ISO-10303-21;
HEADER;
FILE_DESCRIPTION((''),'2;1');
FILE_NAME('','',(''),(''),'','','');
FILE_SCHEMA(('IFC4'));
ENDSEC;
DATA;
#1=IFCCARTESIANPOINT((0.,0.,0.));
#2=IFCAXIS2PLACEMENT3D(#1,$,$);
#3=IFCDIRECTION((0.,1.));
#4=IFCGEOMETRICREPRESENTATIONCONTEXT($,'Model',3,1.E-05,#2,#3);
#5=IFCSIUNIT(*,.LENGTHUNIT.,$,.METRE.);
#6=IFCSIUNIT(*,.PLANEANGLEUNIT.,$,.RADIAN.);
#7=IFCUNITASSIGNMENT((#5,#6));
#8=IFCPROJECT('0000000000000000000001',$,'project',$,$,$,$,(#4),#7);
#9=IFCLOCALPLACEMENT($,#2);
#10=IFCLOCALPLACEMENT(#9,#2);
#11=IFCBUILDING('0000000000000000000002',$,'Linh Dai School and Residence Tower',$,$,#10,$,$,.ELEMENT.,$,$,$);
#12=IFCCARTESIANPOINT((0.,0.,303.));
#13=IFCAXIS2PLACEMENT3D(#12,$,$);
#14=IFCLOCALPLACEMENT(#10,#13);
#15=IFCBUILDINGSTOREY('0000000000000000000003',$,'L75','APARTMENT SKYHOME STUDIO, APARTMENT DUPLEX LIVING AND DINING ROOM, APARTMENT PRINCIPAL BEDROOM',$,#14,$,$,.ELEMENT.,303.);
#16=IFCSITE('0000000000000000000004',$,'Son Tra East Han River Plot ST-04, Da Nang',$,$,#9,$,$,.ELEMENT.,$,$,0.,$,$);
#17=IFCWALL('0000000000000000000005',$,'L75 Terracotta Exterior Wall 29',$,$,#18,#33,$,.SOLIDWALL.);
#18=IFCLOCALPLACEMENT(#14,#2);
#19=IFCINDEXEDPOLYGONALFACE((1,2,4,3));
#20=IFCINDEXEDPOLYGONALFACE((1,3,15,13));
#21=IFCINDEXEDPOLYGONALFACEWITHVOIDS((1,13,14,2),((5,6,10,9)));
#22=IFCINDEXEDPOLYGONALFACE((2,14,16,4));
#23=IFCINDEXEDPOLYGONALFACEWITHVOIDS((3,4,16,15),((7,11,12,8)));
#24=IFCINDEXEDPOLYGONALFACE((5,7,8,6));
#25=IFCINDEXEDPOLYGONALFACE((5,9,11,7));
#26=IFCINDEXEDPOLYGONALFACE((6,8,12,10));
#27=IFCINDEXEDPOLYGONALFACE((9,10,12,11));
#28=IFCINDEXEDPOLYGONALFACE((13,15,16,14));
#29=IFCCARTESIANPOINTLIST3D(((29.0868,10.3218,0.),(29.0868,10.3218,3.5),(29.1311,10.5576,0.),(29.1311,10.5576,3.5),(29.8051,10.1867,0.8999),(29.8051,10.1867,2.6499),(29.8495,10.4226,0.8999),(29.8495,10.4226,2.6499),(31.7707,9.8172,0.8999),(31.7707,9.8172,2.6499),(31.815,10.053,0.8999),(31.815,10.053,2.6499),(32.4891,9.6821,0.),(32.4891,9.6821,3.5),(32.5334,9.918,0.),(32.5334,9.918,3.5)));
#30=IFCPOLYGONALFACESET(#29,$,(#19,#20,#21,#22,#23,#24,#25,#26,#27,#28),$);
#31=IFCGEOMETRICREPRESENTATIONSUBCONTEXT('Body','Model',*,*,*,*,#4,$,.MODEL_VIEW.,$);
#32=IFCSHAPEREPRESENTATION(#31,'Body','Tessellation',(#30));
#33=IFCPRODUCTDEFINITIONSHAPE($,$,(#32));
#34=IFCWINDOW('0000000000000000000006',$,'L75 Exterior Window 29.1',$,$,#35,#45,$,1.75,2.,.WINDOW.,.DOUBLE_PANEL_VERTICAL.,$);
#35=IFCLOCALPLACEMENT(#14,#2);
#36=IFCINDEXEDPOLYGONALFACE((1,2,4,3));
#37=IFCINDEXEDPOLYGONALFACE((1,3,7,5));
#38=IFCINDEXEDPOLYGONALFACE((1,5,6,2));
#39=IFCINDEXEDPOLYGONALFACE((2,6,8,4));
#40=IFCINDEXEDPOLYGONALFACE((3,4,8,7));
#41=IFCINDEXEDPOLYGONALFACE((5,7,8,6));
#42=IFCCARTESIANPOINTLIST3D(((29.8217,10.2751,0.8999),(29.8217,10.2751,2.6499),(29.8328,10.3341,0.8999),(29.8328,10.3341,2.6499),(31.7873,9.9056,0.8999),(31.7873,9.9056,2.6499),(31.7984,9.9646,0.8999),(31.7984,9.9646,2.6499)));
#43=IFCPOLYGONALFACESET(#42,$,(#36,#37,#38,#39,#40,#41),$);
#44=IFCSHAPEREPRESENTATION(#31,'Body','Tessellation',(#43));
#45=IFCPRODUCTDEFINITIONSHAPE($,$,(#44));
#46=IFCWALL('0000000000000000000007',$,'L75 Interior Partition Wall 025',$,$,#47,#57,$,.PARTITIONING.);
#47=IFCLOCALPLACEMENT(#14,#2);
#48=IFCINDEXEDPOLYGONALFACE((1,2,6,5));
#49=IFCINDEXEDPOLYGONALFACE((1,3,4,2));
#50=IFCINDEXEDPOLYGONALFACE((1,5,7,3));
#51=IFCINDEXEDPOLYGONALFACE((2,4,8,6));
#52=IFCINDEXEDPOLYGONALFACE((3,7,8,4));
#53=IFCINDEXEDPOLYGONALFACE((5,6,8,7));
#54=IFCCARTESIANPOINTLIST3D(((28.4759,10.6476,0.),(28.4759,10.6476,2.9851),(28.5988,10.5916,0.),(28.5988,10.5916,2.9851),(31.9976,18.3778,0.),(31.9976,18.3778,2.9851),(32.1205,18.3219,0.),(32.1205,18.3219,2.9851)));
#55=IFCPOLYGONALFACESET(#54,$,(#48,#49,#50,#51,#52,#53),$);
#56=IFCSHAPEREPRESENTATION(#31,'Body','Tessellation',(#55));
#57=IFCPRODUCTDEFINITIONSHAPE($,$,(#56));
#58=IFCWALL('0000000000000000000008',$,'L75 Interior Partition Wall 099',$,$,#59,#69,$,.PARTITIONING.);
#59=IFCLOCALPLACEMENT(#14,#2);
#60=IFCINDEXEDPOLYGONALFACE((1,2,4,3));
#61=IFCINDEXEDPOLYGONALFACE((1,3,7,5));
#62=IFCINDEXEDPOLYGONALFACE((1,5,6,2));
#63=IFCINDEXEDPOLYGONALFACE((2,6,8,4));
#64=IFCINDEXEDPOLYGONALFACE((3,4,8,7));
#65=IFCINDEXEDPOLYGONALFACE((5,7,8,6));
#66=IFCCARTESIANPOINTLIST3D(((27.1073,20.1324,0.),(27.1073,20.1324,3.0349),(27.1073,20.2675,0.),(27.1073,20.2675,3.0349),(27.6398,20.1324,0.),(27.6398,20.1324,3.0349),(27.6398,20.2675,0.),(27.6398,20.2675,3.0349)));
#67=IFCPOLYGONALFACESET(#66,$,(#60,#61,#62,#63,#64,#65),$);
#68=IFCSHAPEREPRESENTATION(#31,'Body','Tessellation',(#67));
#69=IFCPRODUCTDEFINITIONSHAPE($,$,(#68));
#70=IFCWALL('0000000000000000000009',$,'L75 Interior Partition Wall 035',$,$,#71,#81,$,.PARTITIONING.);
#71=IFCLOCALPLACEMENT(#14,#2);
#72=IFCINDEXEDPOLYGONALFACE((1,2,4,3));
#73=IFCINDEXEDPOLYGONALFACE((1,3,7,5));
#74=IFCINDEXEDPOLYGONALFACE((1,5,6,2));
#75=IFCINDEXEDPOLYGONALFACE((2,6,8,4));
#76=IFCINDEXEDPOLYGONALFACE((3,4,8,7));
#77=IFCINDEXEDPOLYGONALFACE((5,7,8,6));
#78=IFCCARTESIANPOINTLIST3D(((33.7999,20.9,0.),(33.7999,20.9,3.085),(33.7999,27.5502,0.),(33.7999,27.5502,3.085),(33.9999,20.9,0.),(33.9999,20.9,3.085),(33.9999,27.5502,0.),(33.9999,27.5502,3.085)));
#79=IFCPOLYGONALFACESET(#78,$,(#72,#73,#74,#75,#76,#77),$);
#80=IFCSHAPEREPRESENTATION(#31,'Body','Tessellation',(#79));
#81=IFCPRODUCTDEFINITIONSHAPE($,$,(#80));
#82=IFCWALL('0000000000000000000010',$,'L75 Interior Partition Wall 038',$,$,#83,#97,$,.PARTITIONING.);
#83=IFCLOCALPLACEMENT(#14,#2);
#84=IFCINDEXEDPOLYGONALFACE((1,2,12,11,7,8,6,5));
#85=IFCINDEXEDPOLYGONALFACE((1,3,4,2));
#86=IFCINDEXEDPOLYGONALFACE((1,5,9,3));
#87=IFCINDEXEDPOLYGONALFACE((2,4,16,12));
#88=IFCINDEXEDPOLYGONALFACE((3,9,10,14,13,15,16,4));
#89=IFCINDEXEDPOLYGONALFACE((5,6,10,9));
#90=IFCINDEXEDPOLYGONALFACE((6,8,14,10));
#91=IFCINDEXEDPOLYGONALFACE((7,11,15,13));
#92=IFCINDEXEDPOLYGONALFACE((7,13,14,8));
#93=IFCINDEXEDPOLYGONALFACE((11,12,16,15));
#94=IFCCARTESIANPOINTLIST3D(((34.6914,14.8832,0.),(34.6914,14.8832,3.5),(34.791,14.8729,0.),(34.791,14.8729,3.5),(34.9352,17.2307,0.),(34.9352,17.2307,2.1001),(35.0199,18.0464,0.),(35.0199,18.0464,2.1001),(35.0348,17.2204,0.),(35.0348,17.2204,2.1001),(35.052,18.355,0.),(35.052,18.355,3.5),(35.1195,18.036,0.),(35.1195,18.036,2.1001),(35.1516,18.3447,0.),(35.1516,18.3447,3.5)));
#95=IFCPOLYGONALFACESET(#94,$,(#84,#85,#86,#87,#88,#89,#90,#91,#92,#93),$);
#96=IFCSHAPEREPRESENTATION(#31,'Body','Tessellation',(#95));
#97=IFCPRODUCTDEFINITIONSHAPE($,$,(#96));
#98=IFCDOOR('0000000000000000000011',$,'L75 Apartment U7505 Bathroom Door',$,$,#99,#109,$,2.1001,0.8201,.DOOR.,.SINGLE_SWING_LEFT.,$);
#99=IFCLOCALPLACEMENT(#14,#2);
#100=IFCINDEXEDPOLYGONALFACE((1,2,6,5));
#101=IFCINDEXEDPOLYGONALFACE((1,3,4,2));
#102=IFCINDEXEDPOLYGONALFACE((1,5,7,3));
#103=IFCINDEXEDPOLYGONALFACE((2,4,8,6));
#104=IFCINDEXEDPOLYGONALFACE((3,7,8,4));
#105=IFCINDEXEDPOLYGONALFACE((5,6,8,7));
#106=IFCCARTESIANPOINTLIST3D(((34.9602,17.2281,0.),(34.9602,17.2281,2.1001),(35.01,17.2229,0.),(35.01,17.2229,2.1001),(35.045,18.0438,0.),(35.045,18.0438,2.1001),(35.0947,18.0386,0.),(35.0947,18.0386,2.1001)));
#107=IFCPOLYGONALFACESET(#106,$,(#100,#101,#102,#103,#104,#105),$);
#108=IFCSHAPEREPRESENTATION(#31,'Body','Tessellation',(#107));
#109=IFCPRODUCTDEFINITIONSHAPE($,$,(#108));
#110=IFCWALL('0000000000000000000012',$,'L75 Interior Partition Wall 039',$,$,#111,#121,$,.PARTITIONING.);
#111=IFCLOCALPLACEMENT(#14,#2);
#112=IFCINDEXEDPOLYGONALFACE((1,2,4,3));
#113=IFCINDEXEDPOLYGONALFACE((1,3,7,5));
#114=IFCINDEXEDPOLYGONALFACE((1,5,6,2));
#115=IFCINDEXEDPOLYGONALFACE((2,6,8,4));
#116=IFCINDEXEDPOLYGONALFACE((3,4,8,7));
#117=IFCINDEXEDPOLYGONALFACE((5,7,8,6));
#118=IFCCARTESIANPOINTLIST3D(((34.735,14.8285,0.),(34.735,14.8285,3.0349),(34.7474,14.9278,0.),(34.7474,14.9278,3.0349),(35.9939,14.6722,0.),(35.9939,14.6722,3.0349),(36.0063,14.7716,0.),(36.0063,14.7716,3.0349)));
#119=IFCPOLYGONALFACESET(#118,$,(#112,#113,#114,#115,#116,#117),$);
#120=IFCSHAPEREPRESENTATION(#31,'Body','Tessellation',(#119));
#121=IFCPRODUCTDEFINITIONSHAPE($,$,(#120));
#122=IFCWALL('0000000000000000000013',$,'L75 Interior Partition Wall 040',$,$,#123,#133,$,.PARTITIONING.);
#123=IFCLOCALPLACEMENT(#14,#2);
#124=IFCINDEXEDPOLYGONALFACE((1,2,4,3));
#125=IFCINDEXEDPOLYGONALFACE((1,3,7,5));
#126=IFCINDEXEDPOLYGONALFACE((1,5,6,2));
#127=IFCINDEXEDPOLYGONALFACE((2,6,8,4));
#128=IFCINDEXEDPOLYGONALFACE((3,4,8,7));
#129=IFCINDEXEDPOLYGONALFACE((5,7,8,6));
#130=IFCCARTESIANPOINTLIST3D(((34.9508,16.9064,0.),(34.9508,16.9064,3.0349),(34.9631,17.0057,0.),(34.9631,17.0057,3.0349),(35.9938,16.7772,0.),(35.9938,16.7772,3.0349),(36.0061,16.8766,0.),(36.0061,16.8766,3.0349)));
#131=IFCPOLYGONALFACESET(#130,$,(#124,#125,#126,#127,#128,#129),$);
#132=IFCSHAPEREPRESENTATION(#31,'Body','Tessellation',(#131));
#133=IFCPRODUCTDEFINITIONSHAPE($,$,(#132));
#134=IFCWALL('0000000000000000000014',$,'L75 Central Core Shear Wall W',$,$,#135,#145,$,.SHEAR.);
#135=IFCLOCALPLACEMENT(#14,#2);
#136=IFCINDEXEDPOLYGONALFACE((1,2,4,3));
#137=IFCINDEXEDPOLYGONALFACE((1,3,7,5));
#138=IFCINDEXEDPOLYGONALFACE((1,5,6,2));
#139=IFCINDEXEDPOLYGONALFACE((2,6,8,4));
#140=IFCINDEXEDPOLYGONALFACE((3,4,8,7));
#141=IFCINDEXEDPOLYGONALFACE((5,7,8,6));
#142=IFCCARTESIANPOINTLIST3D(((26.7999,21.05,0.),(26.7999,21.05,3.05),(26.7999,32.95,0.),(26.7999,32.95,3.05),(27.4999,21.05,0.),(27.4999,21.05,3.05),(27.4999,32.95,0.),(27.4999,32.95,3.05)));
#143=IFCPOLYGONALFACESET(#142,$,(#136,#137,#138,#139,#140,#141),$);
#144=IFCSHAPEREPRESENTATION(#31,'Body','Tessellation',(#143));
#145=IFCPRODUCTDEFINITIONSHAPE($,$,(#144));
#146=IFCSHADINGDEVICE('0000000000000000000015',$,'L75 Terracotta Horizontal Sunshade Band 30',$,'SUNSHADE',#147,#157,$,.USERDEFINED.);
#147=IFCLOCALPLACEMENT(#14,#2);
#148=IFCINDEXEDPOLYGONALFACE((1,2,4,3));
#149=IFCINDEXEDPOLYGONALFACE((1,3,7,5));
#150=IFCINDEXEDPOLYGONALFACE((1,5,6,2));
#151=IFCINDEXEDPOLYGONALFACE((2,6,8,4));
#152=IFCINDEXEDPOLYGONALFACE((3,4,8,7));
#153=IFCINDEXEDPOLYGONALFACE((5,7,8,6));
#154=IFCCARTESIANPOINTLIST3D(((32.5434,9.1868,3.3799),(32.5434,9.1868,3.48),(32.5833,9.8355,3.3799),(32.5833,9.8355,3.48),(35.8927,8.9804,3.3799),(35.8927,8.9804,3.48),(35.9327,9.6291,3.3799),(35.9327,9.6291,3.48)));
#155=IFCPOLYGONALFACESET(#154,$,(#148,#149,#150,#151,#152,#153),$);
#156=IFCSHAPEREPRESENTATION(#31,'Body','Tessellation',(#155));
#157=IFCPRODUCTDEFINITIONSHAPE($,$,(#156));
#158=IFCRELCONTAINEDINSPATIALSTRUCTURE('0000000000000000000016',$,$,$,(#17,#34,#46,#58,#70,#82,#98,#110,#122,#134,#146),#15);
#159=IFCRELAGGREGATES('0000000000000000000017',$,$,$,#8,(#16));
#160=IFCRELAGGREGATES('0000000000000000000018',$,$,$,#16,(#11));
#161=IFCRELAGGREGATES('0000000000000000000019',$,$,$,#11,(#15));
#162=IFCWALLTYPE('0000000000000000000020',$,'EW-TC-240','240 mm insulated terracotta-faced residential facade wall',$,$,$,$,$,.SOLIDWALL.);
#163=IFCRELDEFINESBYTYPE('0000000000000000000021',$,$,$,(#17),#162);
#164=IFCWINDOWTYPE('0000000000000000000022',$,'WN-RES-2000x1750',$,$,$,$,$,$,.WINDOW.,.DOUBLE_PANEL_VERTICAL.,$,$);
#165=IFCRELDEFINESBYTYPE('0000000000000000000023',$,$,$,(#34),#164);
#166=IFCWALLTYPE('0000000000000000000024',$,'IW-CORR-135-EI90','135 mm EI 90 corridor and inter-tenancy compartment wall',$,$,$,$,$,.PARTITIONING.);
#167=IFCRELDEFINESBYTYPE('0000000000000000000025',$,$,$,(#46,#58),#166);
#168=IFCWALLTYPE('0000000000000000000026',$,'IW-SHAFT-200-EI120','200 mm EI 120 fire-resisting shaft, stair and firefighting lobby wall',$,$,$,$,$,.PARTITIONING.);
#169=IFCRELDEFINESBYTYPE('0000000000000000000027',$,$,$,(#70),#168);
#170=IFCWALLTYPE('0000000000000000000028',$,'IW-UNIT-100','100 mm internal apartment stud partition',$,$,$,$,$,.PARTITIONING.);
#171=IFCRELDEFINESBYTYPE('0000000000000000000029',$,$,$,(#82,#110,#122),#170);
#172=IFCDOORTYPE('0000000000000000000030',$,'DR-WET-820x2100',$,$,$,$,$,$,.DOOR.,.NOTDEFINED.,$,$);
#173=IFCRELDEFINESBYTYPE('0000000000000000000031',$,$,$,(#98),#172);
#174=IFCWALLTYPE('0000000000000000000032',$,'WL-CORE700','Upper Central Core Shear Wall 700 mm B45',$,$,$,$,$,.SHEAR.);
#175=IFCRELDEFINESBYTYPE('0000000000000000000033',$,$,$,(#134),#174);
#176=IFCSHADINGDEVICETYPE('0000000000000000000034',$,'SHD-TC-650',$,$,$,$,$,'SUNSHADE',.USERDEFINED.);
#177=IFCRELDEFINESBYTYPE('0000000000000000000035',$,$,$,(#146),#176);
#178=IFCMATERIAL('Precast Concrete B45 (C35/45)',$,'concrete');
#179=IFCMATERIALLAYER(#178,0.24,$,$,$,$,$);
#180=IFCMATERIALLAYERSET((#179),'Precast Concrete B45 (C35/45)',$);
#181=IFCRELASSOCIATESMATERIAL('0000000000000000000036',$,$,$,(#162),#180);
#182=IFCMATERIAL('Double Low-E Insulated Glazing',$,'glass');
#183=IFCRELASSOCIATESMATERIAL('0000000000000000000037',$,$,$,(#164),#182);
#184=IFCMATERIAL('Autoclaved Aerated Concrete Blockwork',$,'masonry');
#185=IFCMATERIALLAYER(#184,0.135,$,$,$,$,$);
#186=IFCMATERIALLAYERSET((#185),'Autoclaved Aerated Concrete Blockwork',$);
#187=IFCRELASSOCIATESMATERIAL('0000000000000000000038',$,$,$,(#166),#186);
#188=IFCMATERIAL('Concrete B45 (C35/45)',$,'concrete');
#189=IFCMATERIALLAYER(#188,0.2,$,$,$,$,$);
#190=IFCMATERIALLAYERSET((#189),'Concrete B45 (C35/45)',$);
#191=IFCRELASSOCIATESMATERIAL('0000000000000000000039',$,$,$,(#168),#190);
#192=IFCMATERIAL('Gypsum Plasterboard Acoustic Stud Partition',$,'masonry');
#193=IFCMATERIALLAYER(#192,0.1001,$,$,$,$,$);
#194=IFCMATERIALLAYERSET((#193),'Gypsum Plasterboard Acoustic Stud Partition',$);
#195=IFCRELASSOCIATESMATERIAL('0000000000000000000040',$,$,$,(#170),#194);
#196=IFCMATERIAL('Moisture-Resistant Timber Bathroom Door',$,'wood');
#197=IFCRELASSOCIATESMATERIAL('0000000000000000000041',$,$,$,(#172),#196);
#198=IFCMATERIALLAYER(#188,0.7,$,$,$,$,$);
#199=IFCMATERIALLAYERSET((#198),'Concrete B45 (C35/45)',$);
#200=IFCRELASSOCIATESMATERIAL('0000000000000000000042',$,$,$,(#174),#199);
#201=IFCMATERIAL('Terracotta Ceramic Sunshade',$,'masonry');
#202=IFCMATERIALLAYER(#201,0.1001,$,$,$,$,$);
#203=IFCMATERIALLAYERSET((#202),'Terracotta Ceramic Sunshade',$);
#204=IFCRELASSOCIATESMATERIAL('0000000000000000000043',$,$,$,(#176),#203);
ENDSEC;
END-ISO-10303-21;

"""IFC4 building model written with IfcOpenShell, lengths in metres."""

from ifc_helpers import new_model, si_unit, direction, frame, frame_2d, origin, origin_2d, place, context, subcontext, project, spatial, rectangle, extrude, source, transform, mapped, material, layer, layer_set, type_object, element, fill, save


model = new_model("IFC4")

# Units and contexts
model_context = context("Model", 3, precision=1e-05, world=origin(), true_north=direction((0.0, 1.0)))
body_context = subcontext(model_context, "Body", "Model", "MODEL_VIEW")
ifc_project = project(units=[si_unit("LENGTHUNIT", "METRE"), si_unit("PLANEANGLEUNIT", "RADIAN")], contexts=[model_context])

# Site, building, storey
site_placement = place(None, origin())
site = spatial("IfcSite", under=ifc_project, at=site_placement, Name="Son Tra East Han River Plot ST-04, Da Nang", CompositionType="ELEMENT", RefElevation=0.0)
building_placement = place(site_placement, origin())
building = spatial("IfcBuilding", under=site, at=building_placement, Name="Linh Dai School and Residence Tower", CompositionType="ELEMENT")
storey_placement = place(building_placement, frame((0.0, 0.0, 303.0)))
storey = spatial("IfcBuildingStorey", under=building, at=storey_placement, Name="L75", Description="APARTMENT SKYHOME STUDIO, APARTMENT DUPLEX LIVING AND DINING ROOM, APARTMENT PRINCIPAL BEDROOM", CompositionType="ELEMENT", Elevation=303.0)

# Shared definitions
ifc_material_1 = material(Name="Concrete B45 (C35/45)", Category="concrete")

# Shared definitions
ifc_material_2 = material(Name="Precast Concrete B45 (C35/45)", Category="concrete")

# Shared definitions
ifc_layer_1 = layer(ifc_material_2, 0.24)
ifc_layer_set_1 = layer_set([ifc_layer_1], Name="Precast Concrete B45 (C35/45)")
wall_type_1 = type_object("IfcWallType", Name="EW-TC-240", Description="240 mm insulated terracotta-faced residential facade wall", PredefinedType="SOLIDWALL", material=ifc_layer_set_1)

# Wall, opening, window
wall_1_placement = place(storey_placement, frame((32.5112, 9.8, 0.0), z_axis=(0.0, 0.0, 1.0), x_axis=(-0.982783, 0.184765, 0.0)))
wall_1 = element("IfcWall", 1, at=wall_1_placement, inside=storey, type_object=wall_type_1, Name="L75 Terracotta Exterior Wall 29", PredefinedType="SOLIDWALL", context=body_context, shape_type="SweptSolid", body=[
    extrude(rectangle(XDim=3.4619, YDim=0.24, at=frame_2d((1.731, 0.0))), origin(), (0.0, 0.0, 1.0), 3.5),
])
opening_1_placement = place(wall_1_placement, frame((0.731, 0.0, 0.8999)))
opening_1 = element("IfcOpeningElement", 2, at=opening_1_placement, cuts=wall_1, PredefinedType="OPENING", context=body_context, shape_type="SweptSolid", body=[
    extrude(rectangle(XDim=2.0, YDim=1.75, at=origin_2d()), frame((1.0, 0.1299, 0.875), z_axis=(0.0, -1.0, 0.0), x_axis=(1.0, 0.0, 0.0)), (0.0, 0.0, 1.0), 0.26),
])
ifc_material_3 = material(Name="Double Low-E Insulated Glazing", Category="glass")
window_type = type_object("IfcWindowType", Name="WN-RES-2000x1750", PartitioningType="DOUBLE_PANEL_VERTICAL", PredefinedType="WINDOW", material=ifc_material_3)
shared_shape_1 = source(origin(), body_context, "Body", "SweptSolid", [
    extrude(rectangle(XDim=2.0, YDim=1.75, at=origin_2d()), frame((1.0, 0.03, 0.875), z_axis=(0.0, -1.0, 0.0), x_axis=(1.0, 0.0, 0.0)), (0.0, 0.0, 1.0), 0.0601),
])
window_placement = place(opening_1_placement, origin())
window = element("IfcWindow", 3, at=window_placement, inside=storey, type_object=window_type, Name="L75 Exterior Window 29.1", OverallHeight=1.75, OverallWidth=2.0, PartitioningType="DOUBLE_PANEL_VERTICAL", PredefinedType="WINDOW", context=body_context, shape_type="MappedRepresentation", body=[
    mapped(shared_shape_1, transform((0.0, 0.0, 0.0), x_axis=(1.0, 0.0, 0.0), y_axis=(0.0, 1.0, 0.0), z_axis=(0.0, 0.0, 1.0), scale=1.0)),
])
fill(opening_1, window)

# Wall
ifc_material_4 = material(Name="Autoclaved Aerated Concrete Blockwork", Category="masonry")
ifc_layer_2 = layer(ifc_material_4, 0.135)
ifc_layer_set_2 = layer_set([ifc_layer_2], Name="Autoclaved Aerated Concrete Blockwork")
wall_type_2 = type_object("IfcWallType", Name="IW-CORR-135-EI90", Description="135 mm EI 90 corridor and inter-tenancy compartment wall", PredefinedType="PARTITIONING", material=ifc_layer_set_2)
wall_2_placement = place(storey_placement, frame((28.5374, 10.6196, 0.0), z_axis=(0.0, 0.0, 1.0), x_axis=(0.414582, 0.910012, 0.0)))
element("IfcWall", 4, at=wall_2_placement, inside=storey, type_object=wall_type_2, Name="L75 Interior Partition Wall 025", PredefinedType="PARTITIONING", context=body_context, shape_type="SweptSolid", body=[
    extrude(rectangle(XDim=8.4946, YDim=0.135, at=frame_2d((4.2473, 0.0))), origin(), (0.0, 0.0, 1.0), 2.9851),
])

# Walls
wall_3_placement = place(storey_placement, frame((27.1074, 20.2, 0.0), z_axis=(0.0, 0.0, 1.0), x_axis=(1.0, 0.0, 0.0)))
element("IfcWall", 5, at=wall_3_placement, inside=storey, type_object=wall_type_2, Name="L75 Interior Partition Wall 099", PredefinedType="PARTITIONING", context=body_context, shape_type="SweptSolid", body=[
    extrude(rectangle(XDim=0.5325, YDim=0.135, at=frame_2d((0.2661, 0.0))), origin(), (0.0, 0.0, 1.0), 3.0349),
])
ifc_layer_3 = layer(ifc_material_1, 0.2)
ifc_layer_set_3 = layer_set([ifc_layer_3], Name="Concrete B45 (C35/45)")
wall_type_3 = type_object("IfcWallType", Name="IW-SHAFT-200-EI120", Description="200 mm EI 120 fire-resisting shaft, stair and firefighting lobby wall", PredefinedType="PARTITIONING", material=ifc_layer_set_3)
wall_4_placement = place(storey_placement, frame((33.8999, 20.8999, 0.0), z_axis=(0.0, 0.0, 1.0), x_axis=(0.0, 1.0, 0.0)))
element("IfcWall", 6, at=wall_4_placement, inside=storey, type_object=wall_type_3, Name="L75 Interior Partition Wall 035", PredefinedType="PARTITIONING", context=body_context, shape_type="SweptSolid", body=[
    extrude(rectangle(XDim=6.6501, YDim=0.2, at=frame_2d((3.3252, 0.0))), origin(), (0.0, 0.0, 1.0), 3.085),
])

# Wall, opening, door
ifc_material_5 = material(Name="Gypsum Plasterboard Acoustic Stud Partition", Category="masonry")
ifc_layer_4 = layer(ifc_material_5, 0.1001)
ifc_layer_set_4 = layer_set([ifc_layer_4], Name="Gypsum Plasterboard Acoustic Stud Partition")
wall_type_4 = type_object("IfcWallType", Name="IW-UNIT-100", Description="100 mm internal apartment stud partition", PredefinedType="PARTITIONING", material=ifc_layer_set_4)
wall_5_placement = place(storey_placement, frame((34.7412, 14.8782, 0.0), z_axis=(0.0, 0.0, 1.0), x_axis=(0.103305, 0.99465, 0.0)))
wall_5 = element("IfcWall", 7, at=wall_5_placement, inside=storey, type_object=wall_type_4, Name="L75 Interior Partition Wall 038", PredefinedType="PARTITIONING", context=body_context, shape_type="SweptSolid", body=[
    extrude(rectangle(XDim=3.4905, YDim=0.1001, at=frame_2d((1.7451, 0.0))), origin(), (0.0, 0.0, 1.0), 3.5),
])
opening_2_placement = place(wall_5_placement, frame((2.3599, 0.0, 0.0)))
opening_2 = element("IfcOpeningElement", 8, at=opening_2_placement, cuts=wall_5, PredefinedType="OPENING", context=body_context, shape_type="SweptSolid", body=[
    extrude(rectangle(XDim=0.8201, YDim=2.1001, at=origin_2d()), frame((0.4102, 0.0601, 1.05), z_axis=(0.0, -1.0, 0.0), x_axis=(1.0, 0.0, 0.0)), (0.0, 0.0, 1.0), 0.1201),
])
ifc_material_6 = material(Name="Moisture-Resistant Timber Bathroom Door", Category="wood")
door_type_1 = type_object("IfcDoorType", Name="DR-WET-820x2100", OperationType="NOTDEFINED", PredefinedType="DOOR", material=ifc_material_6)
shared_shape_2 = source(origin(), body_context, "Body", "SweptSolid", [
    extrude(rectangle(XDim=0.8201, YDim=2.1001, at=origin_2d()), frame((0.4102, 0.0249, 1.05), z_axis=(0.0, -1.0, 0.0), x_axis=(1.0, 0.0, 0.0)), (0.0, 0.0, 1.0), 0.05),
])
door_1_placement = place(opening_2_placement, origin())
door_1 = element("IfcDoor", 9, at=door_1_placement, inside=storey, type_object=door_type_1, Name="L75 Apartment U7505 Bathroom Door", OperationType="SINGLE_SWING_LEFT", OverallHeight=2.1001, OverallWidth=0.8201, PredefinedType="DOOR", context=body_context, shape_type="MappedRepresentation", body=[
    mapped(shared_shape_2, transform((0.0, 0.0, 0.0), x_axis=(1.0, 0.0, 0.0), y_axis=(0.0, 1.0, 0.0), z_axis=(0.0, 0.0, 1.0), scale=1.0)),
])
fill(opening_2, door_1)

# Walls
wall_6_placement = place(storey_placement, frame((34.7412, 14.8782, 0.0), z_axis=(0.0, 0.0, 1.0), x_axis=(0.992384, -0.123182, 0.0)))
element("IfcWall", 10, at=wall_6_placement, inside=storey, type_object=wall_type_4, Name="L75 Interior Partition Wall 039", PredefinedType="PARTITIONING", context=body_context, shape_type="SweptSolid", body=[
    extrude(rectangle(XDim=1.2686, YDim=0.1001, at=frame_2d((0.6343, 0.0))), origin(), (0.0, 0.0, 1.0), 3.0349),
])
wall_7_placement = place(storey_placement, frame((34.957, 16.9561, 0.0), z_axis=(0.0, 0.0, 1.0), x_axis=(0.99242, -0.122891, 0.0)))
element("IfcWall", 11, at=wall_7_placement, inside=storey, type_object=wall_type_4, Name="L75 Interior Partition Wall 040", PredefinedType="PARTITIONING", context=body_context, shape_type="SweptSolid", body=[
    extrude(rectangle(XDim=1.051, YDim=0.1001, at=frame_2d((0.5254, 0.0))), origin(), (0.0, 0.0, 1.0), 3.0349),
])
ifc_layer_5 = layer(ifc_material_1, 0.7)
ifc_layer_set_5 = layer_set([ifc_layer_5], Name="Concrete B45 (C35/45)")
wall_type_5 = type_object("IfcWallType", Name="WL-CORE700", Description="Upper Central Core Shear Wall 700 mm B45", PredefinedType="SHEAR", material=ifc_layer_set_5)
wall_8_placement = place(storey_placement, frame((27.1499, 21.05, 0.0), z_axis=(0.0, 0.0, 1.0), x_axis=(0.0, 1.0, 0.0)))
element("IfcWall", 12, at=wall_8_placement, inside=storey, type_object=wall_type_5, Name="L75 Central Core Shear Wall W", PredefinedType="SHEAR", context=body_context, shape_type="SweptSolid", body=[
    extrude(rectangle(XDim=11.8999, YDim=0.7, at=frame_2d((5.95, 0.0))), origin(), (0.0, 0.0, 1.0), 3.05),
])

# Shading device
ifc_material_7 = material(Name="Terracotta Ceramic Sunshade", Category="masonry")
ifc_layer_6 = layer(ifc_material_7, 0.1001)
ifc_layer_set_6 = layer_set([ifc_layer_6], Name="Terracotta Ceramic Sunshade")
shading_device_type = type_object("IfcShadingDeviceType", Name="SHD-TC-650", ElementType="SUNSHADE", PredefinedType="USERDEFINED", material=ifc_layer_set_6)
shared_shape_3 = source(origin(), body_context, "Body", "SweptSolid", [
    extrude(rectangle(XDim=3.3557, YDim=0.6499, at=origin_2d()), origin(), (0.0, 0.0, 1.0), 0.1001),
])
shading_device_placement = place(storey_placement, frame((34.238, 9.408, 3.3799), z_axis=(0.0, 0.0, 1.0), x_axis=(-0.998106, 0.06151, 0.0)))
element("IfcShadingDevice", 13, at=shading_device_placement, inside=storey, type_object=shading_device_type, Name="L75 Terracotta Horizontal Sunshade Band 30", ObjectType="SUNSHADE", PredefinedType="USERDEFINED", context=body_context, shape_type="MappedRepresentation", body=[
    mapped(shared_shape_3, transform((0.0, 0.0, 0.0), x_axis=(1.0, 0.0, 0.0), y_axis=(0.0, 1.0, 0.0), z_axis=(0.0, 0.0, 1.0), scale=1.0)),
])

save(model, "model.ifc")
